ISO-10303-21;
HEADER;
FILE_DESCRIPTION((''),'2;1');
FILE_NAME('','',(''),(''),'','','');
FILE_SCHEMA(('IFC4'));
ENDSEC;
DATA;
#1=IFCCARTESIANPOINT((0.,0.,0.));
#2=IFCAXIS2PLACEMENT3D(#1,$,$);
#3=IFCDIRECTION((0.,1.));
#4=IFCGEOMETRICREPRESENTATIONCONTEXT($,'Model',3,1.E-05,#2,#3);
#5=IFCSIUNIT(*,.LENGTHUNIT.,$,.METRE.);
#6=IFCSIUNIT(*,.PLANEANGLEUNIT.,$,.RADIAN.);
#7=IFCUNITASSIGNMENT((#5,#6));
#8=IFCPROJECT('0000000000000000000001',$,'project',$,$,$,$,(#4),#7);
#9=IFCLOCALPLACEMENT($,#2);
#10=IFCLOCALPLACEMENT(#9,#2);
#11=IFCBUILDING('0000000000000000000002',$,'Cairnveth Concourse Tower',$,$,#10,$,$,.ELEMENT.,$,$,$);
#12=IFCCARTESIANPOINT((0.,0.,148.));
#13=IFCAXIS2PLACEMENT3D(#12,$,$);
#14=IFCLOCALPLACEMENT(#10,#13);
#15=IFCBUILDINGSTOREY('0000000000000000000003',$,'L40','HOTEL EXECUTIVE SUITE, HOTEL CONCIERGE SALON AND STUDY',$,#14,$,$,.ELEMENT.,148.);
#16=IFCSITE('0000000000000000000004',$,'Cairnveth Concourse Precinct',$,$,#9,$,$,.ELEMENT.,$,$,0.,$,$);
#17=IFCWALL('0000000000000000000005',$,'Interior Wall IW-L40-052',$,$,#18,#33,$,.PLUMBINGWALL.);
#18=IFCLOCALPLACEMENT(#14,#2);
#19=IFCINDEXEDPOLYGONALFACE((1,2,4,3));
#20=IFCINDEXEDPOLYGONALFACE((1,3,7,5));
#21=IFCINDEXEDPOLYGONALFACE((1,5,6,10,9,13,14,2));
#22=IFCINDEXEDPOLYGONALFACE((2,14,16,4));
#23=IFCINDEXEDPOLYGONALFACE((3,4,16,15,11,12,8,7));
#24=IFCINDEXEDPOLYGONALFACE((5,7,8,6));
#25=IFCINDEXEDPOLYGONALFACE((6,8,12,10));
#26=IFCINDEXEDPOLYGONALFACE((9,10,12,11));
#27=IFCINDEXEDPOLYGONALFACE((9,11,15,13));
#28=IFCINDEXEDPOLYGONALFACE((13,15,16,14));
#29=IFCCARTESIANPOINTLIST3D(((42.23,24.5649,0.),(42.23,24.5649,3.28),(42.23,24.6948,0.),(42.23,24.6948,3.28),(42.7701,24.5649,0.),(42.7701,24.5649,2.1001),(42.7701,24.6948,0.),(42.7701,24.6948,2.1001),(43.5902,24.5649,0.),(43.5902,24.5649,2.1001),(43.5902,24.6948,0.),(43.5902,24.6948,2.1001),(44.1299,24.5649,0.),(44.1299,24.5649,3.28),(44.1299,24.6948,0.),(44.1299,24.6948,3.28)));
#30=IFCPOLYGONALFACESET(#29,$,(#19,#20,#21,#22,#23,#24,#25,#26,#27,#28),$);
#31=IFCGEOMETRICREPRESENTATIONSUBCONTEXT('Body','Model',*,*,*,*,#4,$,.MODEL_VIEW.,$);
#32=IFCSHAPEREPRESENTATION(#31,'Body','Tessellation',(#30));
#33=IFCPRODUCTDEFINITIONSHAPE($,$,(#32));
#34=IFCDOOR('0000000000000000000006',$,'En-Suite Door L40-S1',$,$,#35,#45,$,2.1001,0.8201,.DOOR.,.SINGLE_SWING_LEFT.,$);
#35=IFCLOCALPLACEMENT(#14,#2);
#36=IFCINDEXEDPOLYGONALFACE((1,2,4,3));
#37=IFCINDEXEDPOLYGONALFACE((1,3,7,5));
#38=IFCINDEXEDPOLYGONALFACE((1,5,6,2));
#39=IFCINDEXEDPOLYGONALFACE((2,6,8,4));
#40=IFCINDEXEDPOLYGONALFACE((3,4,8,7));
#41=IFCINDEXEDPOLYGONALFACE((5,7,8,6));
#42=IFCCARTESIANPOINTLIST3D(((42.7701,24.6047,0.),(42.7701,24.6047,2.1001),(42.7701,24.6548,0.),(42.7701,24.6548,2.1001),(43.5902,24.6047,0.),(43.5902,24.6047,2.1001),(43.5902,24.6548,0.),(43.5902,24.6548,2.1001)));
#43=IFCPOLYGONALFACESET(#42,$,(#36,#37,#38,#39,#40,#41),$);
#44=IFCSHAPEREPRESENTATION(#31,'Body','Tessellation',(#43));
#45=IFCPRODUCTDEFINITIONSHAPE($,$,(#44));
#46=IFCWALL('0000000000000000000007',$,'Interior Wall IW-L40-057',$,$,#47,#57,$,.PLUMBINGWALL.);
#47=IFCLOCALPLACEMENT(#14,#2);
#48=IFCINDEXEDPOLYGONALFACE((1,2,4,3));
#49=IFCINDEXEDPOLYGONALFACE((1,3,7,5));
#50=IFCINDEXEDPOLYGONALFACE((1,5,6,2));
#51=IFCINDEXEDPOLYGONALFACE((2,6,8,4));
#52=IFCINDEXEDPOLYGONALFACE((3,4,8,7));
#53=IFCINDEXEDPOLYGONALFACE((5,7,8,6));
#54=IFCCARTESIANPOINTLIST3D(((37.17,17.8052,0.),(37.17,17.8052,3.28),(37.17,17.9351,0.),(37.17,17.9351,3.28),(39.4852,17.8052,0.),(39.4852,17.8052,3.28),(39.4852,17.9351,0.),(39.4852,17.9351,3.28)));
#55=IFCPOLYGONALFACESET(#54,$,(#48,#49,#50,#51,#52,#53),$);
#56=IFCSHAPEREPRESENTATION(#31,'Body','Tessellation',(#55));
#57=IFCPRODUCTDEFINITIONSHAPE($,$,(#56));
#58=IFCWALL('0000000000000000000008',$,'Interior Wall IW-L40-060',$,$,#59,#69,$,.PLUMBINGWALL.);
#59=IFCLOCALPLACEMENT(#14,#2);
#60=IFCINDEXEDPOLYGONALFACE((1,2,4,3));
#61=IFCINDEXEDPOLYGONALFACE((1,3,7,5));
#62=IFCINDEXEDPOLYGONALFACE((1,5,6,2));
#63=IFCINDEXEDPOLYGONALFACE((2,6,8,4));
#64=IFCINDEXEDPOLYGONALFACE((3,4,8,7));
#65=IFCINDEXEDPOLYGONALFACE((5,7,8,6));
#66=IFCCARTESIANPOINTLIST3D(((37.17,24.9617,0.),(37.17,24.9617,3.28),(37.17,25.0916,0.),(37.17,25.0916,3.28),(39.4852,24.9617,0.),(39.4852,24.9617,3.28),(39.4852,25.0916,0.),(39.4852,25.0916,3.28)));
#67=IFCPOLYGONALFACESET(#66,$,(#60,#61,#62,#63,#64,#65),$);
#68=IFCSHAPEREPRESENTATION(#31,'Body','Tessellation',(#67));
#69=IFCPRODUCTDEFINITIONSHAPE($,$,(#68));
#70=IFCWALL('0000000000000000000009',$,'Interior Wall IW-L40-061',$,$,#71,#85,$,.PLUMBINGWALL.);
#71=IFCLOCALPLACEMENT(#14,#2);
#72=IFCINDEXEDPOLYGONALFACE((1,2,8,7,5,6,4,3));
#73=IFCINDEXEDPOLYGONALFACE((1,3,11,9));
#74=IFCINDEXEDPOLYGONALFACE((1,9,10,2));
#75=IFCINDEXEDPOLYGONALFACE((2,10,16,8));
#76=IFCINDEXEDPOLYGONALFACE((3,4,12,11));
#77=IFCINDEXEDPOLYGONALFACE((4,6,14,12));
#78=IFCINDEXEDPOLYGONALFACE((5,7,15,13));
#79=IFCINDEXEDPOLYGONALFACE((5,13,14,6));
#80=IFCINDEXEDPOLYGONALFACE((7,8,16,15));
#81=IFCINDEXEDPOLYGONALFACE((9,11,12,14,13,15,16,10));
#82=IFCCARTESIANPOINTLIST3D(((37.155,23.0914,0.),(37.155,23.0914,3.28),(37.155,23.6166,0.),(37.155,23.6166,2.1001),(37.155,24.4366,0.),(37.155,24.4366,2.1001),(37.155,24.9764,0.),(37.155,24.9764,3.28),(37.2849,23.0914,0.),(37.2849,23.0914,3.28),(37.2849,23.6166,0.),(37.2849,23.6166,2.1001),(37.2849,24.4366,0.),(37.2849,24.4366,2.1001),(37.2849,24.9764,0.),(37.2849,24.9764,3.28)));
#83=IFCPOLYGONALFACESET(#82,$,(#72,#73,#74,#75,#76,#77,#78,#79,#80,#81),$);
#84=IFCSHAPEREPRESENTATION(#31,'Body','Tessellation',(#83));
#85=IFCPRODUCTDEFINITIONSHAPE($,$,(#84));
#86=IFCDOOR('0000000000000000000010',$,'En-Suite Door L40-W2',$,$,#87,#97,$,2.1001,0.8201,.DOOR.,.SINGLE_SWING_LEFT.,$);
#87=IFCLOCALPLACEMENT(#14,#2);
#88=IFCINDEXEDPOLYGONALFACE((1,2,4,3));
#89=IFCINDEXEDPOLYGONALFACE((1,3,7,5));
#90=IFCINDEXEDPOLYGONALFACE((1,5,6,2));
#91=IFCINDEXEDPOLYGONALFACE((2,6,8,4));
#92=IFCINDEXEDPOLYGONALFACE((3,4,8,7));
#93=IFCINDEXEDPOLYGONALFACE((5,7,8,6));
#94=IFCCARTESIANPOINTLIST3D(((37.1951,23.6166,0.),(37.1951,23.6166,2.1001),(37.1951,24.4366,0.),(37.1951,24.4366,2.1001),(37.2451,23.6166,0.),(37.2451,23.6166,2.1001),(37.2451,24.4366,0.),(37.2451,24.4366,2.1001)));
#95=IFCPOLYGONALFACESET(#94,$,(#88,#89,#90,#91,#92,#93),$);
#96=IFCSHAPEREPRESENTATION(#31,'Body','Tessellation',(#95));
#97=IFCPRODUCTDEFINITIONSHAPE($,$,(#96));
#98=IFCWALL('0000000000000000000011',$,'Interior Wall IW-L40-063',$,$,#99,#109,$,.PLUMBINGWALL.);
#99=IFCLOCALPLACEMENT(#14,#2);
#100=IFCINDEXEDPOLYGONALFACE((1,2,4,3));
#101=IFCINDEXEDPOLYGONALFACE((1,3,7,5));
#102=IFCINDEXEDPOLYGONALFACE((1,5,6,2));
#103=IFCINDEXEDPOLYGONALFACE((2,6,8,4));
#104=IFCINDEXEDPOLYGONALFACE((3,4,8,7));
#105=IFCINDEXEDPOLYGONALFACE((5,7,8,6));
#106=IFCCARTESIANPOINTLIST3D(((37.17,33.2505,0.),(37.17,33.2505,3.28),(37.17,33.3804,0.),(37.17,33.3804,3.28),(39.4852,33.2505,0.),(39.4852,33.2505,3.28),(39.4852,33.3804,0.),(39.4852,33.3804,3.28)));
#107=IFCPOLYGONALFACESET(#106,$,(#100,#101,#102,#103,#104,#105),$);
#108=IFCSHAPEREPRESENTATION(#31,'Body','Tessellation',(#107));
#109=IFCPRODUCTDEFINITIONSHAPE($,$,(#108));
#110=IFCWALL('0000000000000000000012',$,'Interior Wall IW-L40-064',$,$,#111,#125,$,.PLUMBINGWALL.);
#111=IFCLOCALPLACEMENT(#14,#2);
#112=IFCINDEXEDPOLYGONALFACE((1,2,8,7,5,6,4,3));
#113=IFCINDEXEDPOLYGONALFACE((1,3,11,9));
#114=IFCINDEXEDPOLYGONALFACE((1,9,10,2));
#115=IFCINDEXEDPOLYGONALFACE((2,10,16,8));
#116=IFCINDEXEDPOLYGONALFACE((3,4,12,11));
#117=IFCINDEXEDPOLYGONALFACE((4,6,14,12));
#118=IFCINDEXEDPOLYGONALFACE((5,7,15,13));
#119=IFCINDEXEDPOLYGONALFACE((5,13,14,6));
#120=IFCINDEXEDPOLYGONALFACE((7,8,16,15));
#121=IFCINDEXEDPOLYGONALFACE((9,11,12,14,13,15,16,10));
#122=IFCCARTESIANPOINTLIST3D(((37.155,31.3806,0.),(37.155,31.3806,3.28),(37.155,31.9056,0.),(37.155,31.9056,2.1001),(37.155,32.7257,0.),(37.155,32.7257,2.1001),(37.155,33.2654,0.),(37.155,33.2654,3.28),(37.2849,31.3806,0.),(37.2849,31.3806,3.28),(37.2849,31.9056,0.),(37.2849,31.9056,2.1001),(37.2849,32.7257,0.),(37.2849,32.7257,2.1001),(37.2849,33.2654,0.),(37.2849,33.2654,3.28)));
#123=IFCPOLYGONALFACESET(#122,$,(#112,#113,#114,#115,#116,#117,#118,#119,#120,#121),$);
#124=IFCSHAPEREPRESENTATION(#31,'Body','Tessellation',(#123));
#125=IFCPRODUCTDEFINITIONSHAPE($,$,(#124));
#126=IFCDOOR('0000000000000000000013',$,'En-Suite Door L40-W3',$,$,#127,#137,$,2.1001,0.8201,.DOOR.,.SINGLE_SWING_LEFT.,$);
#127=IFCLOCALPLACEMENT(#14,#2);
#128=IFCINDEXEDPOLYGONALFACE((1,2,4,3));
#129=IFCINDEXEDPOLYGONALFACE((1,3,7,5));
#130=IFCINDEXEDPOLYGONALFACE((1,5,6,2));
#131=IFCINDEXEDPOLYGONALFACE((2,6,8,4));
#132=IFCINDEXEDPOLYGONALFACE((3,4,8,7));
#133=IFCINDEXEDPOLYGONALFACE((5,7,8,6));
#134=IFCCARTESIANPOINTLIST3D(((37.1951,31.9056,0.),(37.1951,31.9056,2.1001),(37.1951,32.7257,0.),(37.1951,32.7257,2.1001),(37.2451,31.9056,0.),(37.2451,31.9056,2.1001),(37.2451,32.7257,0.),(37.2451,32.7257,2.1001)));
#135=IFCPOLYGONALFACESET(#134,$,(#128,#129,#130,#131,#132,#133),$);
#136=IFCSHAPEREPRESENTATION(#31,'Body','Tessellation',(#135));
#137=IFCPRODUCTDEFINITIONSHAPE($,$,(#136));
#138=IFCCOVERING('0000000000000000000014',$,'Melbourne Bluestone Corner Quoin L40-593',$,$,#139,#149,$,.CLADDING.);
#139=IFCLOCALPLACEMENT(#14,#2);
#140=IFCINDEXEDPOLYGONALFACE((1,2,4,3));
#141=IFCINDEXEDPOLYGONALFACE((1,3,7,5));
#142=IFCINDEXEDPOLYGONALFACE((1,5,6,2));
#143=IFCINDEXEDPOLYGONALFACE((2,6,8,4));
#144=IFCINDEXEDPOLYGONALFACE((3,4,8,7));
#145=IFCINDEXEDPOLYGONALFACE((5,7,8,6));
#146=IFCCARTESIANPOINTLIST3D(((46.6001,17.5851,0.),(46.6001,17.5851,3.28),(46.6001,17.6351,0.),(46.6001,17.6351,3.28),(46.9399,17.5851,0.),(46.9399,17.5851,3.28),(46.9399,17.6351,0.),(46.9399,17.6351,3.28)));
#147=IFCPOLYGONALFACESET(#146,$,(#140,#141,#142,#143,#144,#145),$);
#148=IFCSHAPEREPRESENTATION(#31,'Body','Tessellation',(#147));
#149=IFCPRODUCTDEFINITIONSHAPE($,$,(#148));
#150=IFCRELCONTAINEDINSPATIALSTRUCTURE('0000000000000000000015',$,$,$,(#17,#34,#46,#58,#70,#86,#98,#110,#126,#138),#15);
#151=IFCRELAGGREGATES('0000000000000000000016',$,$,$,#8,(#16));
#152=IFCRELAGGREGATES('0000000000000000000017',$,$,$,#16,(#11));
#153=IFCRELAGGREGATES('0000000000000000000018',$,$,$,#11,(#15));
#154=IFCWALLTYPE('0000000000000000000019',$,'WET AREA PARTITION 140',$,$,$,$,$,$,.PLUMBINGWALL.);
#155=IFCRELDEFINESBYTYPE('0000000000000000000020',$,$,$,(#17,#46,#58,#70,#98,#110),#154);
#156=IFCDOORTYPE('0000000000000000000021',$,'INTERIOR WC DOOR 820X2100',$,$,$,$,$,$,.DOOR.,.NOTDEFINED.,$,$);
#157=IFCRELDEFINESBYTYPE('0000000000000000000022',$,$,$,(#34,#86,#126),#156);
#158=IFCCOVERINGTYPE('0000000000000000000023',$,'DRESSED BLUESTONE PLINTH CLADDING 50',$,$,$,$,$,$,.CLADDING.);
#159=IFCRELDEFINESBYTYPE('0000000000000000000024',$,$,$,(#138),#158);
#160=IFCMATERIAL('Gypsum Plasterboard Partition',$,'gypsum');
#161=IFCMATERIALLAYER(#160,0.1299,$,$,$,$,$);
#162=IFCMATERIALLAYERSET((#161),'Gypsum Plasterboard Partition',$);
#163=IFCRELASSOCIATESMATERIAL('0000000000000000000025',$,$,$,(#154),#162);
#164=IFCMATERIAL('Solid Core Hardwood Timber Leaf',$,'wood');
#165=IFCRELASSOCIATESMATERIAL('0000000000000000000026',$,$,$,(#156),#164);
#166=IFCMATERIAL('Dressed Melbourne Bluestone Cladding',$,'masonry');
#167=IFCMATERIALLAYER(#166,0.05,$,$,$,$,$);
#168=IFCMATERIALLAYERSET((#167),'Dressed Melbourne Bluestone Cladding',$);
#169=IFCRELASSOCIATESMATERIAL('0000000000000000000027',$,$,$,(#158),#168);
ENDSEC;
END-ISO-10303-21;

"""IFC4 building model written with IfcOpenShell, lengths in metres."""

from ifc_helpers import new_model, si_unit, direction, frame, frame_2d, origin, place, context, subcontext, project, spatial, rectangle, extrude, material, layer, layer_set, type_object, element, fill, save


model = new_model("IFC4")

# Units and contexts
model_context = context("Model", 3, precision=1e-05, world=origin(), true_north=direction((0.0, 1.0)))
body_context = subcontext(model_context, "Body", "Model", "MODEL_VIEW")
ifc_project = project(units=[si_unit("LENGTHUNIT", "METRE"), si_unit("PLANEANGLEUNIT", "RADIAN")], contexts=[model_context])

# Site, building, storey
site_placement = place(None, origin())
site = spatial("IfcSite", under=ifc_project, at=site_placement, Name="Cairnveth Concourse Precinct", CompositionType="ELEMENT", RefElevation=0.0)
building_placement = place(site_placement, origin())
building = spatial("IfcBuilding", under=site, at=building_placement, Name="Cairnveth Concourse Tower", CompositionType="ELEMENT")
storey_placement = place(building_placement, frame((0.0, 0.0, 148.0)))
storey = spatial("IfcBuildingStorey", under=building, at=storey_placement, Name="L40", Description="HOTEL EXECUTIVE SUITE, HOTEL CONCIERGE SALON AND STUDY", CompositionType="ELEMENT", Elevation=148.0)

# Shared definitions
ifc_material_1 = material(Name="Gypsum Plasterboard Partition", Category="gypsum")

# Shared definitions
ifc_material_2 = material(Name="Solid Core Hardwood Timber Leaf", Category="wood")

# Shared definitions
ifc_layer_1 = layer(ifc_material_1, 0.1299)
ifc_layer_set_1 = layer_set([ifc_layer_1], Name="Gypsum Plasterboard Partition")
wall_type_1 = type_object("IfcWallType", Name="WET AREA PARTITION 140", PredefinedType="PLUMBINGWALL", material=ifc_layer_set_1)

# Wall, opening, door
wall_1_placement = place(storey_placement, frame((42.23, 24.6299, 0.0), z_axis=(0.0, 0.0, 1.0), x_axis=(1.0, 0.0, 0.0)))
wall_1 = element("IfcWall", 1, at=wall_1_placement, inside=storey, type_object=wall_type_1, Name="Interior Wall IW-L40-052", PredefinedType="PLUMBINGWALL", context=body_context, shape_type="SweptSolid", body=[
    extrude(rectangle(XDim=1.8999, YDim=0.1299, at=frame_2d((0.95, 0.0))), origin(), (0.0, 0.0, 1.0), 3.28),
])
opening_1_placement = place(wall_1_placement, frame((0.54, 0.0, 0.0)))
opening_1 = element("IfcOpeningElement", 2, at=opening_1_placement, cuts=wall_1, PredefinedType="OPENING", context=body_context, shape_type="SweptSolid", body=[
    extrude(rectangle(XDim=0.8201, YDim=2.1001, at=frame_2d((0.4102, 1.05))), frame((0.0, 0.075, 0.0), z_axis=(0.0, -1.0, 0.0), x_axis=(1.0, 0.0, 0.0)), (0.0, 0.0, 1.0), 0.1499),
])
door_type_1 = type_object("IfcDoorType", Name="INTERIOR WC DOOR 820X2100", OperationType="NOTDEFINED", PredefinedType="DOOR", material=ifc_material_2)
door_1_placement = place(opening_1_placement, origin())
door_1 = element("IfcDoor", 3, at=door_1_placement, inside=storey, type_object=door_type_1, Name="En-Suite Door L40-S1", OperationType="SINGLE_SWING_LEFT", OverallHeight=2.1001, OverallWidth=0.8201, PredefinedType="DOOR", context=body_context, shape_type="SweptSolid", body=[
    extrude(rectangle(XDim=0.8201, YDim=2.1001, at=frame_2d((0.4102, 1.05))), frame((0.0, 0.0249, 0.0), z_axis=(0.0, -1.0, 0.0), x_axis=(1.0, 0.0, 0.0)), (0.0, 0.0, 1.0), 0.05),
])
fill(opening_1, door_1)

# Walls
for number, where, z_axis, x_axis, name in (
    (4, (37.1699, 17.8701, 0.0), (0.0, 0.0, 1.0), (1.0, 0.0, 0.0), "Interior Wall IW-L40-057"),
    (5, (37.1699, 25.0266, 0.0), (0.0, 0.0, 1.0), (1.0, 0.0, 0.0), "Interior Wall IW-L40-060"),
):
    element("IfcWall", number, at=place(storey_placement, frame(where, z_axis=z_axis, x_axis=x_axis)), inside=storey, type_object=wall_type_1, Name=name, PredefinedType="PLUMBINGWALL", context=body_context, shape_type="SweptSolid", body=[
        extrude(rectangle(XDim=2.3152, YDim=0.1299, at=frame_2d((1.1577, 0.0))), origin(), (0.0, 0.0, 1.0), 3.28),
    ])

# Wall, opening, door
wall_2_placement = place(storey_placement, frame((37.22, 23.0916, 0.0), z_axis=(0.0, 0.0, 1.0), x_axis=(0.0, 1.0, 0.0)))
wall_2 = element("IfcWall", 6, at=wall_2_placement, inside=storey, type_object=wall_type_1, Name="Interior Wall IW-L40-061", PredefinedType="PLUMBINGWALL", context=body_context, shape_type="SweptSolid", body=[
    extrude(rectangle(XDim=1.885, YDim=0.1299, at=frame_2d((0.9424, 0.0))), origin(), (0.0, 0.0, 1.0), 3.28),
])
opening_2_placement = place(wall_2_placement, frame((0.5249, 0.0, 0.0)))
opening_2 = element("IfcOpeningElement", 7, at=opening_2_placement, cuts=wall_2, PredefinedType="OPENING", context=body_context, shape_type="SweptSolid", body=[
    extrude(rectangle(XDim=0.8201, YDim=2.1001, at=frame_2d((0.4102, 1.05))), frame((0.0, 0.075, 0.0), z_axis=(0.0, -1.0, 0.0), x_axis=(1.0, 0.0, 0.0)), (0.0, 0.0, 1.0), 0.1499),
])
door_2_placement = place(opening_2_placement, origin())
door_2 = element("IfcDoor", 8, at=door_2_placement, inside=storey, type_object=door_type_1, Name="En-Suite Door L40-W2", OperationType="SINGLE_SWING_LEFT", OverallHeight=2.1001, OverallWidth=0.8201, PredefinedType="DOOR", context=body_context, shape_type="SweptSolid", body=[
    extrude(rectangle(XDim=0.8201, YDim=2.1001, at=frame_2d((0.4102, 1.05))), frame((0.0, 0.0249, 0.0), z_axis=(0.0, -1.0, 0.0), x_axis=(1.0, 0.0, 0.0)), (0.0, 0.0, 1.0), 0.05),
])
fill(opening_2, door_2)

# Wall
wall_3_placement = place(storey_placement, frame((37.1699, 33.3154, 0.0), z_axis=(0.0, 0.0, 1.0), x_axis=(1.0, 0.0, 0.0)))
element("IfcWall", 9, at=wall_3_placement, inside=storey, type_object=wall_type_1, Name="Interior Wall IW-L40-063", PredefinedType="PLUMBINGWALL", context=body_context, shape_type="SweptSolid", body=[
    extrude(rectangle(XDim=2.3152, YDim=0.1299, at=frame_2d((1.1577, 0.0))), origin(), (0.0, 0.0, 1.0), 3.28),
])

# Wall, opening, door
wall_4_placement = place(storey_placement, frame((37.22, 31.3806, 0.0), z_axis=(0.0, 0.0, 1.0), x_axis=(0.0, 1.0, 0.0)))
wall_4 = element("IfcWall", 10, at=wall_4_placement, inside=storey, type_object=wall_type_1, Name="Interior Wall IW-L40-064", PredefinedType="PLUMBINGWALL", context=body_context, shape_type="SweptSolid", body=[
    extrude(rectangle(XDim=1.8848, YDim=0.1299, at=frame_2d((0.9424, 0.0))), origin(), (0.0, 0.0, 1.0), 3.28),
])
opening_3_placement = place(wall_4_placement, frame((0.5249, 0.0, 0.0)))
opening_3 = element("IfcOpeningElement", 11, at=opening_3_placement, cuts=wall_4, PredefinedType="OPENING", context=body_context, shape_type="SweptSolid", body=[
    extrude(rectangle(XDim=0.8201, YDim=2.1001, at=frame_2d((0.4102, 1.05))), frame((0.0, 0.075, 0.0), z_axis=(0.0, -1.0, 0.0), x_axis=(1.0, 0.0, 0.0)), (0.0, 0.0, 1.0), 0.1499),
])
door_3_placement = place(opening_3_placement, origin())
door_3 = element("IfcDoor", 12, at=door_3_placement, inside=storey, type_object=door_type_1, Name="En-Suite Door L40-W3", OperationType="SINGLE_SWING_LEFT", OverallHeight=2.1001, OverallWidth=0.8201, PredefinedType="DOOR", context=body_context, shape_type="SweptSolid", body=[
    extrude(rectangle(XDim=0.8201, YDim=2.1001, at=frame_2d((0.4102, 1.05))), frame((0.0, 0.0249, 0.0), z_axis=(0.0, -1.0, 0.0), x_axis=(1.0, 0.0, 0.0)), (0.0, 0.0, 1.0), 0.05),
])
fill(opening_3, door_3)

# Covering
ifc_material_3 = material(Name="Dressed Melbourne Bluestone Cladding", Category="masonry")
ifc_layer_2 = layer(ifc_material_3, 0.05)
ifc_layer_set_2 = layer_set([ifc_layer_2], Name="Dressed Melbourne Bluestone Cladding")
covering_type = type_object("IfcCoveringType", Name="DRESSED BLUESTONE PLINTH CLADDING 50", PredefinedType="CLADDING", material=ifc_layer_set_2)
covering_placement = place(storey_placement, frame((46.9399, 17.6101, 0.0), z_axis=(0.0, 0.0, 1.0), x_axis=(-1.0, 0.0, 0.0)))
element("IfcCovering", 13, at=covering_placement, inside=storey, type_object=covering_type, Name="Melbourne Bluestone Corner Quoin L40-593", PredefinedType="CLADDING", context=body_context, shape_type="SweptSolid", body=[
    extrude(rectangle(XDim=0.3398, YDim=0.05, at=frame_2d((0.1699, 0.0))), origin(), (0.0, 0.0, 1.0), 3.28),
])

save(model, "model.ifc")
